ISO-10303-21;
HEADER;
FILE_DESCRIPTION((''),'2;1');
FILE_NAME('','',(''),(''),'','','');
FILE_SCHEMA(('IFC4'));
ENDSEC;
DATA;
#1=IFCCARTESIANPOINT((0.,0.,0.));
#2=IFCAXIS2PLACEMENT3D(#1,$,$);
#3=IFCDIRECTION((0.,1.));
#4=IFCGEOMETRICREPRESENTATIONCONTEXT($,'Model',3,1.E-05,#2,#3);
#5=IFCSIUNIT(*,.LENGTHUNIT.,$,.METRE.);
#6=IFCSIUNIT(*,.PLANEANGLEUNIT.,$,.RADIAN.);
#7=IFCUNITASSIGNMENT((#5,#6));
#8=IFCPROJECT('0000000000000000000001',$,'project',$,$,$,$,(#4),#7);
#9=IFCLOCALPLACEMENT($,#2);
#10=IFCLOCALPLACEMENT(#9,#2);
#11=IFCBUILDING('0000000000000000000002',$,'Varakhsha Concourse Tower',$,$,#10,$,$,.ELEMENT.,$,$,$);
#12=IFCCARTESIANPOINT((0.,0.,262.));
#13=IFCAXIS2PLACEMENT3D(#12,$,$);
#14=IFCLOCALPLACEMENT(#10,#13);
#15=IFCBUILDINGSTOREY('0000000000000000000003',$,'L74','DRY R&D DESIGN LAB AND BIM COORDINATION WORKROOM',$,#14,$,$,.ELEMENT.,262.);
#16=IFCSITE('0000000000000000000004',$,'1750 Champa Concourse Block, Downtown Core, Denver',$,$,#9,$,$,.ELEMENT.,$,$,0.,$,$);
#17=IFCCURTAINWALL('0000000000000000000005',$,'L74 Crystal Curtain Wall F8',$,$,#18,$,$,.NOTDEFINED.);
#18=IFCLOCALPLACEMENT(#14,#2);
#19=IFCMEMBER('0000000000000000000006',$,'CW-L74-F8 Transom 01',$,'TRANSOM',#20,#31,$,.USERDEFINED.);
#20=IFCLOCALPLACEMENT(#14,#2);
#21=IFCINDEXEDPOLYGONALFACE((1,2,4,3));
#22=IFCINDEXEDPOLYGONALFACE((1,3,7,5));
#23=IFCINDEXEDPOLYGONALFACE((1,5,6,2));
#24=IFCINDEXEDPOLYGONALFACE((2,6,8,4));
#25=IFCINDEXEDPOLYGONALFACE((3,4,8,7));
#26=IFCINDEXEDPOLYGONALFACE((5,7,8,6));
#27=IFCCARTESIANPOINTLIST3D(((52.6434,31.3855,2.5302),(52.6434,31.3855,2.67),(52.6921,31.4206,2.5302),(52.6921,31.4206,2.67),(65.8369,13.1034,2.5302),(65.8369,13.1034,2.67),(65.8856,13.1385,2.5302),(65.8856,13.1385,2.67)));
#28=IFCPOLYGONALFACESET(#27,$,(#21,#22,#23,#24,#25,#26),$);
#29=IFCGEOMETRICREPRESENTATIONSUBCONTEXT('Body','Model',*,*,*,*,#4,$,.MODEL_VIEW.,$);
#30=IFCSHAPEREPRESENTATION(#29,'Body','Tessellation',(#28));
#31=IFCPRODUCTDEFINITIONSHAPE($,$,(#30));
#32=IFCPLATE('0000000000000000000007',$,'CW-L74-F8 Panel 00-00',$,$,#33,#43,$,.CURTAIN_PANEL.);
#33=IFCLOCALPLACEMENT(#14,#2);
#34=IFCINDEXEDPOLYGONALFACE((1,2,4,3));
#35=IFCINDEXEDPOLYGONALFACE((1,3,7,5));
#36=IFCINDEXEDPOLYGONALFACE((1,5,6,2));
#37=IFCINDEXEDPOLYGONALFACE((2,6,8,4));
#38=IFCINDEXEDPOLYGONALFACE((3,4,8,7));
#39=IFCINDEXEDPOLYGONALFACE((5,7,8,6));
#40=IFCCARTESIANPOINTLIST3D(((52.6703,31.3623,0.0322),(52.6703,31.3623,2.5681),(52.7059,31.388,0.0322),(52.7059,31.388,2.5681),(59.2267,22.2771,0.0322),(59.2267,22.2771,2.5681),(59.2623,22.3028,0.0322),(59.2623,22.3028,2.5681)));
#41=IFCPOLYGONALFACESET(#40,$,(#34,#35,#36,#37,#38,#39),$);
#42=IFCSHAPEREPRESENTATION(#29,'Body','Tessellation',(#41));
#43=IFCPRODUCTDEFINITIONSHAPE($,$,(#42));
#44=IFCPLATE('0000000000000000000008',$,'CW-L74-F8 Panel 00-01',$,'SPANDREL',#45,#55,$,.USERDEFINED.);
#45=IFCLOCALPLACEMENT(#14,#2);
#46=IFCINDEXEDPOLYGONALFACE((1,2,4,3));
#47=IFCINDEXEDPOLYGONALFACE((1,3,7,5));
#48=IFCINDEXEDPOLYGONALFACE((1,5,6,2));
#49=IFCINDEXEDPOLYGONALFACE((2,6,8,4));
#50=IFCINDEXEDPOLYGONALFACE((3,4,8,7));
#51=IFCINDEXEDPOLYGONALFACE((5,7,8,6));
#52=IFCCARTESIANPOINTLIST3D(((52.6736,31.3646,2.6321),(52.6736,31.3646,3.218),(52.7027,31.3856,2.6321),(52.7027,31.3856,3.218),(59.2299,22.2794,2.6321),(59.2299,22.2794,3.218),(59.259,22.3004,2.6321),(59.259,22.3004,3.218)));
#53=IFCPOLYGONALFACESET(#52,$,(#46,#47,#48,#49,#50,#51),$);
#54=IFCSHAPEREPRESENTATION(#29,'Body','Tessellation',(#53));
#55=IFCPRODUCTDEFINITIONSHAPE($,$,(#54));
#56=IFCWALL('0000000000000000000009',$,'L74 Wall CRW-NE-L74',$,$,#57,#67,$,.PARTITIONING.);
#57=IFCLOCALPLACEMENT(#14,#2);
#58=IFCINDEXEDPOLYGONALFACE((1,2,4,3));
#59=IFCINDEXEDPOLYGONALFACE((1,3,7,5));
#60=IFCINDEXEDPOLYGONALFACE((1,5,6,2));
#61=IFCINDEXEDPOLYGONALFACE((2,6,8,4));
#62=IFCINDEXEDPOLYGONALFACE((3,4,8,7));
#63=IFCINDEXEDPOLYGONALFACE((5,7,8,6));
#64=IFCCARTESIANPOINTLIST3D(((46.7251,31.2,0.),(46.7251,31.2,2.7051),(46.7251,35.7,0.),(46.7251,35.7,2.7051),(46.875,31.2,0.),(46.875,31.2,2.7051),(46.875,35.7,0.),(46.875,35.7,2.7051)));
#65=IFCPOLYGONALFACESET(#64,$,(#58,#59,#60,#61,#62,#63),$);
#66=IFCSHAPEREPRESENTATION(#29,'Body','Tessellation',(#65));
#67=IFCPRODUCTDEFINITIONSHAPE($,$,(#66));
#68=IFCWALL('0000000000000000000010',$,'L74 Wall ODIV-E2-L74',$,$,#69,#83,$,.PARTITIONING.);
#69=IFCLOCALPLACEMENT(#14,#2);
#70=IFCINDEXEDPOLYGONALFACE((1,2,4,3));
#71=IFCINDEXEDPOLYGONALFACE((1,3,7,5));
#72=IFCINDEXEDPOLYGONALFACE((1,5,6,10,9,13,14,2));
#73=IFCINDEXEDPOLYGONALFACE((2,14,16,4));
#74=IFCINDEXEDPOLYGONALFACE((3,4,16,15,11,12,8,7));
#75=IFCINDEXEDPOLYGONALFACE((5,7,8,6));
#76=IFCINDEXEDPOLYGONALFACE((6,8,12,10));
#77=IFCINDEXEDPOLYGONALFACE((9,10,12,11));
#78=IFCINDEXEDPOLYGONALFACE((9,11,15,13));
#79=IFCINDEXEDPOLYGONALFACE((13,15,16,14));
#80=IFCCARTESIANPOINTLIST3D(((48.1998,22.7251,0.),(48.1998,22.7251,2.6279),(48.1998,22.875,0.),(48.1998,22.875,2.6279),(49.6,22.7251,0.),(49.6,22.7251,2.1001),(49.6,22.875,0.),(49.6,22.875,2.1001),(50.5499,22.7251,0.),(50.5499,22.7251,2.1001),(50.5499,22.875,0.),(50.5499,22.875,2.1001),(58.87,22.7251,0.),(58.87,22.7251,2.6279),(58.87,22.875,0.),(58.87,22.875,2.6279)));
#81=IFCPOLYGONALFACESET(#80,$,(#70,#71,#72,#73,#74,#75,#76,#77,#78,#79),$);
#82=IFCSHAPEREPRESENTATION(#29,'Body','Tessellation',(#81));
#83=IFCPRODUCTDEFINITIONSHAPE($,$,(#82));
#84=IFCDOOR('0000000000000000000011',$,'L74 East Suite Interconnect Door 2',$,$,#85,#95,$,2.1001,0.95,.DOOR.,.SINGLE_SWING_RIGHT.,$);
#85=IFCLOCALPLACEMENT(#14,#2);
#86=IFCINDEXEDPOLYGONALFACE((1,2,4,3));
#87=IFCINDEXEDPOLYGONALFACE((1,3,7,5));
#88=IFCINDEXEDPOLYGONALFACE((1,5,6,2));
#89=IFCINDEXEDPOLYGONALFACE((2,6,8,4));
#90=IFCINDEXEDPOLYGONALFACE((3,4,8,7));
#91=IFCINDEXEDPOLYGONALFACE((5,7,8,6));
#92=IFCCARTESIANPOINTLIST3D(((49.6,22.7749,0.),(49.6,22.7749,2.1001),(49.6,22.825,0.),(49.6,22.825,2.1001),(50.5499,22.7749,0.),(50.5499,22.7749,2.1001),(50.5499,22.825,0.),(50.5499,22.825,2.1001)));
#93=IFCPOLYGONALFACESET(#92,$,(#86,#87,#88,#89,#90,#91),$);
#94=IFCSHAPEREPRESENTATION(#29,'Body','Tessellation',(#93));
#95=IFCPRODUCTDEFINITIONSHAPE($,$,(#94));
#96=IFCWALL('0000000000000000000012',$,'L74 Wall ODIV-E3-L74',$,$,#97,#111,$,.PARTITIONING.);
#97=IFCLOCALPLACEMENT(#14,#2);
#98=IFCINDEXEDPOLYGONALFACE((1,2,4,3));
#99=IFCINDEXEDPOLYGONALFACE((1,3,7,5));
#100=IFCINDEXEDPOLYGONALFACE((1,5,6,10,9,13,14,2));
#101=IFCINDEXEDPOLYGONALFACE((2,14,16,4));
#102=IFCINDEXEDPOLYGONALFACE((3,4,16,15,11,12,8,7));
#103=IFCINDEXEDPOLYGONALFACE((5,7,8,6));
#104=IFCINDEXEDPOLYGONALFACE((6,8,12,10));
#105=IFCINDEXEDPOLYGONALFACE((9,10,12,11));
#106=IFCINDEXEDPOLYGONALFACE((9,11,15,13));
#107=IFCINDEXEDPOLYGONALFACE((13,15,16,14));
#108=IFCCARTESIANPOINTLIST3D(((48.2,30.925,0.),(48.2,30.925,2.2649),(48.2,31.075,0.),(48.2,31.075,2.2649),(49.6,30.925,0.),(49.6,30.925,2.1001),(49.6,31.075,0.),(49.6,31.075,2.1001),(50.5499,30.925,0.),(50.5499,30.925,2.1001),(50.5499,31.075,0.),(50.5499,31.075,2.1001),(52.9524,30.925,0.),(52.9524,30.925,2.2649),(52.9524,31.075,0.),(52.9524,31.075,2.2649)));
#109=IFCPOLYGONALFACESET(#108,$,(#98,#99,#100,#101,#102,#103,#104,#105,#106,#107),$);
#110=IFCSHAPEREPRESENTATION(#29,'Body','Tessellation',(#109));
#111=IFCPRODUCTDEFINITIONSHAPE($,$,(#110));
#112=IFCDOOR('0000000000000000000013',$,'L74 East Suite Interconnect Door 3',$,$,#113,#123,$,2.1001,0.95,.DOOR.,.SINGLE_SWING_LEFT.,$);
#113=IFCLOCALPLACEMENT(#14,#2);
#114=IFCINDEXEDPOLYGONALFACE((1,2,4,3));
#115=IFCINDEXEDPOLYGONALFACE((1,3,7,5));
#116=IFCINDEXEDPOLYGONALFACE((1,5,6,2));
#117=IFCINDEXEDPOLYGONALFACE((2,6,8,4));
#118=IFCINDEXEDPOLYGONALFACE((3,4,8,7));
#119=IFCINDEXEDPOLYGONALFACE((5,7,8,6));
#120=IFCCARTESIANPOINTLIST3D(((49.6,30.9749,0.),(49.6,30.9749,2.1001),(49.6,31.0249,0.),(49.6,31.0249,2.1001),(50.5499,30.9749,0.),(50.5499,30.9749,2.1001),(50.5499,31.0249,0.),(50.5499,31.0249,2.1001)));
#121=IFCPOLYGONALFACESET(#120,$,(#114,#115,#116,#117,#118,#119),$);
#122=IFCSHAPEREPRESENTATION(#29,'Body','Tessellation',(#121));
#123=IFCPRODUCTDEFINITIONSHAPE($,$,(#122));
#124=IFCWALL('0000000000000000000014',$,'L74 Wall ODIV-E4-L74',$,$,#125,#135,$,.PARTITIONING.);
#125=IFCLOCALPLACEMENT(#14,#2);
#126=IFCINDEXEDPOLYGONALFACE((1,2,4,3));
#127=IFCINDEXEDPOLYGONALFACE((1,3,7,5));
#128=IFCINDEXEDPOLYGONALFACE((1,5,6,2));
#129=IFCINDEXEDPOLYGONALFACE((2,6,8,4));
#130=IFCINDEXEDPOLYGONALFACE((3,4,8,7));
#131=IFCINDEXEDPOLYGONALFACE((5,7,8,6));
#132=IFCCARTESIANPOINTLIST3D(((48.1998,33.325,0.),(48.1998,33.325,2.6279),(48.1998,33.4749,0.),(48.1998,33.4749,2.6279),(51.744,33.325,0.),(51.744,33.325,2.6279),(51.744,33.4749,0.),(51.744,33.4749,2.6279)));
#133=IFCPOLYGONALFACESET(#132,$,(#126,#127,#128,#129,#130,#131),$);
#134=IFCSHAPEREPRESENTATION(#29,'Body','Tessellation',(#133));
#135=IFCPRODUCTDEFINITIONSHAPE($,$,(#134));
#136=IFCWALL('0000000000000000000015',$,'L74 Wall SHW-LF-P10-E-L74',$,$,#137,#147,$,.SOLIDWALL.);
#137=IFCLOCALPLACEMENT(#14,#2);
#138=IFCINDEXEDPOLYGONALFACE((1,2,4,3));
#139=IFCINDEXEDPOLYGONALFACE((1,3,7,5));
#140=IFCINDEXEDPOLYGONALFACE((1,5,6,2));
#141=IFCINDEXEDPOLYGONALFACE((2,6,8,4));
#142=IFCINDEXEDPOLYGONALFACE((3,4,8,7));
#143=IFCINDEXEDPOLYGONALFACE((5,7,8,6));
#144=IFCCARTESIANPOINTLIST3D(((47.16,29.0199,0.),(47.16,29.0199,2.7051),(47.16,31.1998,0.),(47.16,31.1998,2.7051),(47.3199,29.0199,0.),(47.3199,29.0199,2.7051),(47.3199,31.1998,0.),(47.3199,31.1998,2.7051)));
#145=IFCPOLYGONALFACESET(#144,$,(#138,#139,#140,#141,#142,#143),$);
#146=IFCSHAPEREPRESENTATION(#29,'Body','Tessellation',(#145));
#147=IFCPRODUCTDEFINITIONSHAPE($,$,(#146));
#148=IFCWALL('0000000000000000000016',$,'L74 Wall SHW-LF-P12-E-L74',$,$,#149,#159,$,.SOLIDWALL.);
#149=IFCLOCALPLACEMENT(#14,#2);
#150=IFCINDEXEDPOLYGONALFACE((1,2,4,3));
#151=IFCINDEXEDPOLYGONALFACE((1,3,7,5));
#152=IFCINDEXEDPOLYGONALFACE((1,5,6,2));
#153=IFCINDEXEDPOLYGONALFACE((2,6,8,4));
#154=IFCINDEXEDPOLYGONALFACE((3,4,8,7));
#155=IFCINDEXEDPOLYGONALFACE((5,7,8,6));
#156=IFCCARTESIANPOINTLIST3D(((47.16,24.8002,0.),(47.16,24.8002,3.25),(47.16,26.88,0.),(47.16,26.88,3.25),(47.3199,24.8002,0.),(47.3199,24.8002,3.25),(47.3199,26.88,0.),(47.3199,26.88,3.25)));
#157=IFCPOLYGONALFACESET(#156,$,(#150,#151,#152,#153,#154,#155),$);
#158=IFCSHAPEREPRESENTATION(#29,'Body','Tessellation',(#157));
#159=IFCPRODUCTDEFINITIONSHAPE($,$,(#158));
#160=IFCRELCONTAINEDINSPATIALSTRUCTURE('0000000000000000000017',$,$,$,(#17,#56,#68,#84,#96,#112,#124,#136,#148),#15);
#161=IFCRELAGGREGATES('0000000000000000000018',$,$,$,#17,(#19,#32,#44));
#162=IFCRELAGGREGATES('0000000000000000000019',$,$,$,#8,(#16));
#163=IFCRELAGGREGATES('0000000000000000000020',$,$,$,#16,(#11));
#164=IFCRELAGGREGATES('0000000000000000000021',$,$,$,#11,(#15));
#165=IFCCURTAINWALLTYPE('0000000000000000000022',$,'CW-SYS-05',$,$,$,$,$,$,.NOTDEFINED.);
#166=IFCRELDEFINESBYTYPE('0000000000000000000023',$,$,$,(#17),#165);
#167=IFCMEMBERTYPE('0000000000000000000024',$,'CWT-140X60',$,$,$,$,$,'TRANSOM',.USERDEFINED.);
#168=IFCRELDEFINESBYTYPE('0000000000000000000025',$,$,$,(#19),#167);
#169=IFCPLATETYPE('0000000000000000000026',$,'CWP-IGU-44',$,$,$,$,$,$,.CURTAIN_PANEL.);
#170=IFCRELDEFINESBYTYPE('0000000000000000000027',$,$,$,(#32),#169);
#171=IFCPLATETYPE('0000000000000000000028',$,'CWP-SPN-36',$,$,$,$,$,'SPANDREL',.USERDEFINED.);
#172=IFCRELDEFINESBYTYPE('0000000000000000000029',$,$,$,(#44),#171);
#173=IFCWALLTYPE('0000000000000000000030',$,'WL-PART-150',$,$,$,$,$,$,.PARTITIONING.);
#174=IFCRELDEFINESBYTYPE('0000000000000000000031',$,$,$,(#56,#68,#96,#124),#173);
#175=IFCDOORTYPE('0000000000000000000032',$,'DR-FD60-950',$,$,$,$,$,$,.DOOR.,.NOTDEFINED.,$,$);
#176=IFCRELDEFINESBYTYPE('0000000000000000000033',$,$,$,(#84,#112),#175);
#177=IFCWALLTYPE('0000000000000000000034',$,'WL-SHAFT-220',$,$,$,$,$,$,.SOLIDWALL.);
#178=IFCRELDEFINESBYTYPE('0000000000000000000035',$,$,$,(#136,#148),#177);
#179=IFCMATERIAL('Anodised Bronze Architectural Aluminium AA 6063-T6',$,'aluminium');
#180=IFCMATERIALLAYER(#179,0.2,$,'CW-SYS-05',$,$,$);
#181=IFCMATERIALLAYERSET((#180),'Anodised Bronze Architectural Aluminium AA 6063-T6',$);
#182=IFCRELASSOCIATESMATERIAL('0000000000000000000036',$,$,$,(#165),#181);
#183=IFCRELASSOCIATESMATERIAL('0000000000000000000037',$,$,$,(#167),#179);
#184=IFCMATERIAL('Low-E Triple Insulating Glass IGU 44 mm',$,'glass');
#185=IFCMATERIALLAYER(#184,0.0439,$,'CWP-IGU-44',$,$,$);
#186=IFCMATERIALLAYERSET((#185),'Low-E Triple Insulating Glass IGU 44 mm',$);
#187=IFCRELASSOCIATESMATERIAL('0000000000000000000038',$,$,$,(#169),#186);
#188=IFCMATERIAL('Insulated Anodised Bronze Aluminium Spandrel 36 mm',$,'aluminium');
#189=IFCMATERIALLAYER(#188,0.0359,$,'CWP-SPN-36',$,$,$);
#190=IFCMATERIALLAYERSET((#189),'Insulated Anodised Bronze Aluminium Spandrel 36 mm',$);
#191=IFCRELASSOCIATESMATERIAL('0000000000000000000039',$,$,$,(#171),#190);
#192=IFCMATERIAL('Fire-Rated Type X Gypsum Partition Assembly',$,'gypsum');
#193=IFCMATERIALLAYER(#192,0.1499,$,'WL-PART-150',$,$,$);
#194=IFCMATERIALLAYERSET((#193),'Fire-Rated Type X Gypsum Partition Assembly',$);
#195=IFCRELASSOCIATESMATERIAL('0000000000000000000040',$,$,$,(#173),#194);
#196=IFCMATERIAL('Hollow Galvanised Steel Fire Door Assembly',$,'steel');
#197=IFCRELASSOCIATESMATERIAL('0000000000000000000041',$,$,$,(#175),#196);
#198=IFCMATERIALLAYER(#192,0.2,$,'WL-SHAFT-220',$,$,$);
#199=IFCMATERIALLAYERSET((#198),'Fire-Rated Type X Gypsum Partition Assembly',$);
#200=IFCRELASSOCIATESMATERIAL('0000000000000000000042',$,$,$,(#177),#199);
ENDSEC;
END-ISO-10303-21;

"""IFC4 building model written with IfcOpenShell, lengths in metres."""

from ifc_helpers import new_model, si_unit, direction, frame, frame_2d, origin, origin_2d, place, context, subcontext, project, spatial, rectangle, extrude, source, transform, mapped, material, layer, layer_set, material_profile, profile_set, type_object, type_shapes, element, fill, aggregate, save


model = new_model("IFC4")

# Units and contexts
model_context = context("Model", 3, precision=1e-05, world=origin(), true_north=direction((0.0, 1.0)))
body_context = subcontext(model_context, "Body", "Model", "MODEL_VIEW")
ifc_project = project(units=[si_unit("LENGTHUNIT", "METRE"), si_unit("PLANEANGLEUNIT", "RADIAN")], contexts=[model_context])

# Site, building, storey
site_placement = place(None, origin())
site = spatial("IfcSite", under=ifc_project, at=site_placement, Name="1750 Champa Concourse Block, Downtown Core, Denver", CompositionType="ELEMENT", RefElevation=0.0)
building_placement = place(site_placement, origin())
building = spatial("IfcBuilding", under=site, at=building_placement, Name="Varakhsha Concourse Tower", CompositionType="ELEMENT")
storey_placement = place(building_placement, frame((0.0, 0.0, 262.0)))
storey = spatial("IfcBuildingStorey", under=building, at=storey_placement, Name="L74", Description="DRY R&D DESIGN LAB AND BIM COORDINATION WORKROOM", CompositionType="ELEMENT", Elevation=262.0)

# Curtain wall
ifc_material_1 = material(Name="Anodised Bronze Architectural Aluminium AA 6063-T6", Category="aluminium")
ifc_layer_1 = layer(ifc_material_1, 0.2, Name="CW-SYS-05")
ifc_layer_set_1 = layer_set([ifc_layer_1], Name="Anodised Bronze Architectural Aluminium AA 6063-T6")
curtain_wall_type = type_object("IfcCurtainWallType", Name="CW-SYS-05", PredefinedType="NOTDEFINED", material=ifc_layer_set_1)
curtain_wall_1_placement = place(storey_placement, origin())
curtain_wall_1 = element("IfcCurtainWall", 1, at=curtain_wall_1_placement, inside=storey, type_object=curtain_wall_type, Name="L74 Crystal Curtain Wall F8", PredefinedType="NOTDEFINED")

# Member
ifc_material_profile_1 = material_profile(ifc_material_1, rectangle(XDim=0.0601, YDim=0.1399, at=origin_2d()), Name="CWT-140X60")
ifc_profile_set_1 = profile_set([ifc_material_profile_1], Name="Anodised Bronze Architectural Aluminium AA 6063-T6")
member_type_1 = type_object("IfcMemberType", Name="CWT-140X60", ElementType="TRANSOM", PredefinedType="USERDEFINED", material=ifc_profile_set_1)
shared_shape_1 = source(origin(), body_context, "Body", "SweptSolid", [
    extrude(rectangle(XDim=0.0601, YDim=0.1399, at=origin_2d()), origin(), (0.0, 0.0, 1.0), 22.5457),
])
type_shapes(member_type_1, [shared_shape_1])
member_1_placement = place(storey_placement, frame((52.6677, 31.4031, 2.6001), z_axis=(0.585192, -0.810894, 0.0), x_axis=(0.810894, 0.585192, 0.0)))
member_1 = element("IfcMember", 2, at=member_1_placement, type_object=member_type_1, Name="CW-L74-F8 Transom 01", ObjectType="TRANSOM", PredefinedType="USERDEFINED", context=body_context, shape_type="MappedRepresentation", body=[
    mapped(shared_shape_1, transform((0.0, 0.0, 0.0), scale=1.0)),
])

# Plates
ifc_material_2 = material(Name="Low-E Triple Insulating Glass IGU 44 mm", Category="glass")
ifc_layer_2 = layer(ifc_material_2, 0.0439, Name="CWP-IGU-44")
ifc_layer_set_2 = layer_set([ifc_layer_2], Name="Low-E Triple Insulating Glass IGU 44 mm")
plate_type_1 = type_object("IfcPlateType", Name="CWP-IGU-44", PredefinedType="CURTAIN_PANEL", material=ifc_layer_set_2)
shared_shape_2 = source(origin(), body_context, "Body", "SweptSolid", [
    extrude(rectangle(XDim=11.2039, YDim=0.0439, at=origin_2d()), origin(), (0.0, 0.0, 1.0), 2.5359),
])
type_shapes(plate_type_1, [shared_shape_2])
plate_1_placement = place(storey_placement, frame((55.9663, 26.8325, 0.0322), z_axis=(0.0, 0.0, 1.0), x_axis=(0.585188, -0.810897, 0.0)))
plate_1 = element("IfcPlate", 3, at=plate_1_placement, type_object=plate_type_1, Name="CW-L74-F8 Panel 00-00", PredefinedType="CURTAIN_PANEL", context=body_context, shape_type="MappedRepresentation", body=[
    mapped(shared_shape_2, transform((0.0, 0.0, 0.0), scale=1.0)),
])
ifc_material_3 = material(Name="Insulated Anodised Bronze Aluminium Spandrel 36 mm", Category="aluminium")
ifc_layer_3 = layer(ifc_material_3, 0.0359, Name="CWP-SPN-36")
ifc_layer_set_3 = layer_set([ifc_layer_3], Name="Insulated Anodised Bronze Aluminium Spandrel 36 mm")
plate_type_2 = type_object("IfcPlateType", Name="CWP-SPN-36", ElementType="SPANDREL", PredefinedType="USERDEFINED", material=ifc_layer_set_3)
shared_shape_3 = source(origin(), body_context, "Body", "SweptSolid", [
    extrude(rectangle(XDim=11.2039, YDim=0.0359, at=origin_2d()), origin(), (0.0, 0.0, 1.0), 0.5859),
])
type_shapes(plate_type_2, [shared_shape_3])
plate_2_placement = place(storey_placement, frame((55.9663, 26.8325, 2.6321), z_axis=(0.0, 0.0, 1.0), x_axis=(0.585188, -0.810897, 0.0)))
plate_2 = element("IfcPlate", 4, at=plate_2_placement, type_object=plate_type_2, Name="CW-L74-F8 Panel 00-01", ObjectType="SPANDREL", PredefinedType="USERDEFINED", context=body_context, shape_type="MappedRepresentation", body=[
    mapped(shared_shape_3, transform((0.0, 0.0, 0.0), scale=1.0)),
])
aggregate(curtain_wall_1, [member_1, plate_1, plate_2])

# Wall
ifc_material_4 = material(Name="Fire-Rated Type X Gypsum Partition Assembly", Category="gypsum")
ifc_layer_4 = layer(ifc_material_4, 0.1499, Name="WL-PART-150")
ifc_layer_set_4 = layer_set([ifc_layer_4], Name="Fire-Rated Type X Gypsum Partition Assembly")
wall_type_1 = type_object("IfcWallType", Name="WL-PART-150", PredefinedType="PARTITIONING", material=ifc_layer_set_4)
wall_1_placement = place(storey_placement, frame((46.8, 31.2, 0.0), z_axis=(0.0, 0.0, 1.0), x_axis=(0.0, 1.0, 0.0)))
element("IfcWall", 5, at=wall_1_placement, inside=storey, type_object=wall_type_1, Name="L74 Wall CRW-NE-L74", PredefinedType="PARTITIONING", context=body_context, shape_type="SweptSolid", body=[
    extrude(rectangle(XDim=4.5, YDim=0.1499, at=frame_2d((2.25, 0.0))), origin(), (0.0, 0.0, 1.0), 2.7051),
])

# Walls, openings, doors
wall_2_placement = place(storey_placement, frame((48.2, 22.8, 0.0), z_axis=(0.0, 0.0, 1.0), x_axis=(1.0, 0.0, 0.0)))
wall_2 = element("IfcWall", 6, at=wall_2_placement, inside=storey, type_object=wall_type_1, Name="L74 Wall ODIV-E2-L74", PredefinedType="PARTITIONING", context=body_context, shape_type="SweptSolid", body=[
    extrude(rectangle(XDim=10.6702, YDim=0.1499, at=frame_2d((5.335, 0.0))), origin(), (0.0, 0.0, 1.0), 2.6279),
])
opening_1_placement = place(wall_2_placement, frame((1.3999, 0.0, 0.0)))
opening_1 = element("IfcOpeningElement", 7, at=opening_1_placement, cuts=wall_2, PredefinedType="OPENING", context=body_context, shape_type="SweptSolid", body=[
    extrude(rectangle(XDim=0.95, YDim=2.1001, at=frame_2d((0.4751, 1.05))), frame((0.0, 0.085, 0.0), z_axis=(0.0, -1.0, 0.0), x_axis=(1.0, 0.0, 0.0)), (0.0, 0.0, 1.0), 0.1699),
])
ifc_material_5 = material(Name="Hollow Galvanised Steel Fire Door Assembly", Category="steel")
door_type = type_object("IfcDoorType", Name="DR-FD60-950", OperationType="NOTDEFINED", PredefinedType="DOOR", material=ifc_material_5)
door_1_placement = place(opening_1_placement, origin())
door_1 = element("IfcDoor", 8, at=door_1_placement, inside=storey, type_object=door_type, Name="L74 East Suite Interconnect Door 2", OperationType="SINGLE_SWING_RIGHT", OverallHeight=2.1001, OverallWidth=0.95, PredefinedType="DOOR", context=body_context, shape_type="SweptSolid", body=[
    extrude(rectangle(XDim=0.95, YDim=2.1001, at=frame_2d((0.4751, 1.05))), frame((0.0, 0.0249, 0.0), z_axis=(0.0, -1.0, 0.0), x_axis=(1.0, 0.0, 0.0)), (0.0, 0.0, 1.0), 0.05),
])
fill(opening_1, door_1)
wall_3_placement = place(storey_placement, frame((48.2, 31.0, 0.0), z_axis=(0.0, 0.0, 1.0), x_axis=(1.0, 0.0, 0.0)))
wall_3 = element("IfcWall", 9, at=wall_3_placement, inside=storey, type_object=wall_type_1, Name="L74 Wall ODIV-E3-L74", PredefinedType="PARTITIONING", context=body_context, shape_type="SweptSolid", body=[
    extrude(rectangle(XDim=4.7524, YDim=0.1499, at=frame_2d((2.3762, 0.0))), origin(), (0.0, 0.0, 1.0), 2.2649),
])
opening_2_placement = place(wall_3_placement, frame((1.3999, 0.0, 0.0)))
opening_2 = element("IfcOpeningElement", 10, at=opening_2_placement, cuts=wall_3, PredefinedType="OPENING", context=body_context, shape_type="SweptSolid", body=[
    extrude(rectangle(XDim=0.95, YDim=2.1001, at=frame_2d((0.4751, 1.05))), frame((0.0, 0.085, 0.0), z_axis=(0.0, -1.0, 0.0), x_axis=(1.0, 0.0, 0.0)), (0.0, 0.0, 1.0), 0.1699),
])
door_2_placement = place(opening_2_placement, origin())
door_2 = element("IfcDoor", 11, at=door_2_placement, inside=storey, type_object=door_type, Name="L74 East Suite Interconnect Door 3", OperationType="SINGLE_SWING_LEFT", OverallHeight=2.1001, OverallWidth=0.95, PredefinedType="DOOR", context=body_context, shape_type="SweptSolid", body=[
    extrude(rectangle(XDim=0.95, YDim=2.1001, at=frame_2d((0.4751, 1.05))), frame((0.0, 0.0249, 0.0), z_axis=(0.0, -1.0, 0.0), x_axis=(1.0, 0.0, 0.0)), (0.0, 0.0, 1.0), 0.05),
])
fill(opening_2, door_2)

# Walls
wall_4_placement = place(storey_placement, frame((48.2, 33.3999, 0.0), z_axis=(0.0, 0.0, 1.0), x_axis=(1.0, 0.0, 0.0)))
element("IfcWall", 12, at=wall_4_placement, inside=storey, type_object=wall_type_1, Name="L74 Wall ODIV-E4-L74", PredefinedType="PARTITIONING", context=body_context, shape_type="SweptSolid", body=[
    extrude(rectangle(XDim=3.5442, YDim=0.1499, at=frame_2d((1.772, 0.0))), origin(), (0.0, 0.0, 1.0), 2.6279),
])
ifc_layer_5 = layer(ifc_material_4, 0.2, Name="WL-SHAFT-220")
ifc_layer_set_5 = layer_set([ifc_layer_5], Name="Fire-Rated Type X Gypsum Partition Assembly")
wall_type_2 = type_object("IfcWallType", Name="WL-SHAFT-220", PredefinedType="SOLIDWALL", material=ifc_layer_set_5)
wall_5_placement = place(storey_placement, frame((47.24, 29.02, 0.0), z_axis=(0.0, 0.0, 1.0), x_axis=(0.0, 1.0, 0.0)))
element("IfcWall", 13, at=wall_5_placement, inside=storey, type_object=wall_type_2, Name="L74 Wall SHW-LF-P10-E-L74", PredefinedType="SOLIDWALL", context=body_context, shape_type="SweptSolid", body=[
    extrude(rectangle(XDim=2.1799, YDim=0.1599, at=frame_2d((1.0898, 0.0))), origin(), (0.0, 0.0, 1.0), 2.7051),
])
wall_6_placement = place(storey_placement, frame((47.24, 24.8, 0.0), z_axis=(0.0, 0.0, 1.0), x_axis=(0.0, 1.0, 0.0)))
element("IfcWall", 14, at=wall_6_placement, inside=storey, type_object=wall_type_2, Name="L74 Wall SHW-LF-P12-E-L74", PredefinedType="SOLIDWALL", context=body_context, shape_type="SweptSolid", body=[
    extrude(rectangle(XDim=2.0798, YDim=0.1599, at=frame_2d((1.04, 0.0))), origin(), (0.0, 0.0, 1.0), 3.25),
])

save(model, "model.ifc")
